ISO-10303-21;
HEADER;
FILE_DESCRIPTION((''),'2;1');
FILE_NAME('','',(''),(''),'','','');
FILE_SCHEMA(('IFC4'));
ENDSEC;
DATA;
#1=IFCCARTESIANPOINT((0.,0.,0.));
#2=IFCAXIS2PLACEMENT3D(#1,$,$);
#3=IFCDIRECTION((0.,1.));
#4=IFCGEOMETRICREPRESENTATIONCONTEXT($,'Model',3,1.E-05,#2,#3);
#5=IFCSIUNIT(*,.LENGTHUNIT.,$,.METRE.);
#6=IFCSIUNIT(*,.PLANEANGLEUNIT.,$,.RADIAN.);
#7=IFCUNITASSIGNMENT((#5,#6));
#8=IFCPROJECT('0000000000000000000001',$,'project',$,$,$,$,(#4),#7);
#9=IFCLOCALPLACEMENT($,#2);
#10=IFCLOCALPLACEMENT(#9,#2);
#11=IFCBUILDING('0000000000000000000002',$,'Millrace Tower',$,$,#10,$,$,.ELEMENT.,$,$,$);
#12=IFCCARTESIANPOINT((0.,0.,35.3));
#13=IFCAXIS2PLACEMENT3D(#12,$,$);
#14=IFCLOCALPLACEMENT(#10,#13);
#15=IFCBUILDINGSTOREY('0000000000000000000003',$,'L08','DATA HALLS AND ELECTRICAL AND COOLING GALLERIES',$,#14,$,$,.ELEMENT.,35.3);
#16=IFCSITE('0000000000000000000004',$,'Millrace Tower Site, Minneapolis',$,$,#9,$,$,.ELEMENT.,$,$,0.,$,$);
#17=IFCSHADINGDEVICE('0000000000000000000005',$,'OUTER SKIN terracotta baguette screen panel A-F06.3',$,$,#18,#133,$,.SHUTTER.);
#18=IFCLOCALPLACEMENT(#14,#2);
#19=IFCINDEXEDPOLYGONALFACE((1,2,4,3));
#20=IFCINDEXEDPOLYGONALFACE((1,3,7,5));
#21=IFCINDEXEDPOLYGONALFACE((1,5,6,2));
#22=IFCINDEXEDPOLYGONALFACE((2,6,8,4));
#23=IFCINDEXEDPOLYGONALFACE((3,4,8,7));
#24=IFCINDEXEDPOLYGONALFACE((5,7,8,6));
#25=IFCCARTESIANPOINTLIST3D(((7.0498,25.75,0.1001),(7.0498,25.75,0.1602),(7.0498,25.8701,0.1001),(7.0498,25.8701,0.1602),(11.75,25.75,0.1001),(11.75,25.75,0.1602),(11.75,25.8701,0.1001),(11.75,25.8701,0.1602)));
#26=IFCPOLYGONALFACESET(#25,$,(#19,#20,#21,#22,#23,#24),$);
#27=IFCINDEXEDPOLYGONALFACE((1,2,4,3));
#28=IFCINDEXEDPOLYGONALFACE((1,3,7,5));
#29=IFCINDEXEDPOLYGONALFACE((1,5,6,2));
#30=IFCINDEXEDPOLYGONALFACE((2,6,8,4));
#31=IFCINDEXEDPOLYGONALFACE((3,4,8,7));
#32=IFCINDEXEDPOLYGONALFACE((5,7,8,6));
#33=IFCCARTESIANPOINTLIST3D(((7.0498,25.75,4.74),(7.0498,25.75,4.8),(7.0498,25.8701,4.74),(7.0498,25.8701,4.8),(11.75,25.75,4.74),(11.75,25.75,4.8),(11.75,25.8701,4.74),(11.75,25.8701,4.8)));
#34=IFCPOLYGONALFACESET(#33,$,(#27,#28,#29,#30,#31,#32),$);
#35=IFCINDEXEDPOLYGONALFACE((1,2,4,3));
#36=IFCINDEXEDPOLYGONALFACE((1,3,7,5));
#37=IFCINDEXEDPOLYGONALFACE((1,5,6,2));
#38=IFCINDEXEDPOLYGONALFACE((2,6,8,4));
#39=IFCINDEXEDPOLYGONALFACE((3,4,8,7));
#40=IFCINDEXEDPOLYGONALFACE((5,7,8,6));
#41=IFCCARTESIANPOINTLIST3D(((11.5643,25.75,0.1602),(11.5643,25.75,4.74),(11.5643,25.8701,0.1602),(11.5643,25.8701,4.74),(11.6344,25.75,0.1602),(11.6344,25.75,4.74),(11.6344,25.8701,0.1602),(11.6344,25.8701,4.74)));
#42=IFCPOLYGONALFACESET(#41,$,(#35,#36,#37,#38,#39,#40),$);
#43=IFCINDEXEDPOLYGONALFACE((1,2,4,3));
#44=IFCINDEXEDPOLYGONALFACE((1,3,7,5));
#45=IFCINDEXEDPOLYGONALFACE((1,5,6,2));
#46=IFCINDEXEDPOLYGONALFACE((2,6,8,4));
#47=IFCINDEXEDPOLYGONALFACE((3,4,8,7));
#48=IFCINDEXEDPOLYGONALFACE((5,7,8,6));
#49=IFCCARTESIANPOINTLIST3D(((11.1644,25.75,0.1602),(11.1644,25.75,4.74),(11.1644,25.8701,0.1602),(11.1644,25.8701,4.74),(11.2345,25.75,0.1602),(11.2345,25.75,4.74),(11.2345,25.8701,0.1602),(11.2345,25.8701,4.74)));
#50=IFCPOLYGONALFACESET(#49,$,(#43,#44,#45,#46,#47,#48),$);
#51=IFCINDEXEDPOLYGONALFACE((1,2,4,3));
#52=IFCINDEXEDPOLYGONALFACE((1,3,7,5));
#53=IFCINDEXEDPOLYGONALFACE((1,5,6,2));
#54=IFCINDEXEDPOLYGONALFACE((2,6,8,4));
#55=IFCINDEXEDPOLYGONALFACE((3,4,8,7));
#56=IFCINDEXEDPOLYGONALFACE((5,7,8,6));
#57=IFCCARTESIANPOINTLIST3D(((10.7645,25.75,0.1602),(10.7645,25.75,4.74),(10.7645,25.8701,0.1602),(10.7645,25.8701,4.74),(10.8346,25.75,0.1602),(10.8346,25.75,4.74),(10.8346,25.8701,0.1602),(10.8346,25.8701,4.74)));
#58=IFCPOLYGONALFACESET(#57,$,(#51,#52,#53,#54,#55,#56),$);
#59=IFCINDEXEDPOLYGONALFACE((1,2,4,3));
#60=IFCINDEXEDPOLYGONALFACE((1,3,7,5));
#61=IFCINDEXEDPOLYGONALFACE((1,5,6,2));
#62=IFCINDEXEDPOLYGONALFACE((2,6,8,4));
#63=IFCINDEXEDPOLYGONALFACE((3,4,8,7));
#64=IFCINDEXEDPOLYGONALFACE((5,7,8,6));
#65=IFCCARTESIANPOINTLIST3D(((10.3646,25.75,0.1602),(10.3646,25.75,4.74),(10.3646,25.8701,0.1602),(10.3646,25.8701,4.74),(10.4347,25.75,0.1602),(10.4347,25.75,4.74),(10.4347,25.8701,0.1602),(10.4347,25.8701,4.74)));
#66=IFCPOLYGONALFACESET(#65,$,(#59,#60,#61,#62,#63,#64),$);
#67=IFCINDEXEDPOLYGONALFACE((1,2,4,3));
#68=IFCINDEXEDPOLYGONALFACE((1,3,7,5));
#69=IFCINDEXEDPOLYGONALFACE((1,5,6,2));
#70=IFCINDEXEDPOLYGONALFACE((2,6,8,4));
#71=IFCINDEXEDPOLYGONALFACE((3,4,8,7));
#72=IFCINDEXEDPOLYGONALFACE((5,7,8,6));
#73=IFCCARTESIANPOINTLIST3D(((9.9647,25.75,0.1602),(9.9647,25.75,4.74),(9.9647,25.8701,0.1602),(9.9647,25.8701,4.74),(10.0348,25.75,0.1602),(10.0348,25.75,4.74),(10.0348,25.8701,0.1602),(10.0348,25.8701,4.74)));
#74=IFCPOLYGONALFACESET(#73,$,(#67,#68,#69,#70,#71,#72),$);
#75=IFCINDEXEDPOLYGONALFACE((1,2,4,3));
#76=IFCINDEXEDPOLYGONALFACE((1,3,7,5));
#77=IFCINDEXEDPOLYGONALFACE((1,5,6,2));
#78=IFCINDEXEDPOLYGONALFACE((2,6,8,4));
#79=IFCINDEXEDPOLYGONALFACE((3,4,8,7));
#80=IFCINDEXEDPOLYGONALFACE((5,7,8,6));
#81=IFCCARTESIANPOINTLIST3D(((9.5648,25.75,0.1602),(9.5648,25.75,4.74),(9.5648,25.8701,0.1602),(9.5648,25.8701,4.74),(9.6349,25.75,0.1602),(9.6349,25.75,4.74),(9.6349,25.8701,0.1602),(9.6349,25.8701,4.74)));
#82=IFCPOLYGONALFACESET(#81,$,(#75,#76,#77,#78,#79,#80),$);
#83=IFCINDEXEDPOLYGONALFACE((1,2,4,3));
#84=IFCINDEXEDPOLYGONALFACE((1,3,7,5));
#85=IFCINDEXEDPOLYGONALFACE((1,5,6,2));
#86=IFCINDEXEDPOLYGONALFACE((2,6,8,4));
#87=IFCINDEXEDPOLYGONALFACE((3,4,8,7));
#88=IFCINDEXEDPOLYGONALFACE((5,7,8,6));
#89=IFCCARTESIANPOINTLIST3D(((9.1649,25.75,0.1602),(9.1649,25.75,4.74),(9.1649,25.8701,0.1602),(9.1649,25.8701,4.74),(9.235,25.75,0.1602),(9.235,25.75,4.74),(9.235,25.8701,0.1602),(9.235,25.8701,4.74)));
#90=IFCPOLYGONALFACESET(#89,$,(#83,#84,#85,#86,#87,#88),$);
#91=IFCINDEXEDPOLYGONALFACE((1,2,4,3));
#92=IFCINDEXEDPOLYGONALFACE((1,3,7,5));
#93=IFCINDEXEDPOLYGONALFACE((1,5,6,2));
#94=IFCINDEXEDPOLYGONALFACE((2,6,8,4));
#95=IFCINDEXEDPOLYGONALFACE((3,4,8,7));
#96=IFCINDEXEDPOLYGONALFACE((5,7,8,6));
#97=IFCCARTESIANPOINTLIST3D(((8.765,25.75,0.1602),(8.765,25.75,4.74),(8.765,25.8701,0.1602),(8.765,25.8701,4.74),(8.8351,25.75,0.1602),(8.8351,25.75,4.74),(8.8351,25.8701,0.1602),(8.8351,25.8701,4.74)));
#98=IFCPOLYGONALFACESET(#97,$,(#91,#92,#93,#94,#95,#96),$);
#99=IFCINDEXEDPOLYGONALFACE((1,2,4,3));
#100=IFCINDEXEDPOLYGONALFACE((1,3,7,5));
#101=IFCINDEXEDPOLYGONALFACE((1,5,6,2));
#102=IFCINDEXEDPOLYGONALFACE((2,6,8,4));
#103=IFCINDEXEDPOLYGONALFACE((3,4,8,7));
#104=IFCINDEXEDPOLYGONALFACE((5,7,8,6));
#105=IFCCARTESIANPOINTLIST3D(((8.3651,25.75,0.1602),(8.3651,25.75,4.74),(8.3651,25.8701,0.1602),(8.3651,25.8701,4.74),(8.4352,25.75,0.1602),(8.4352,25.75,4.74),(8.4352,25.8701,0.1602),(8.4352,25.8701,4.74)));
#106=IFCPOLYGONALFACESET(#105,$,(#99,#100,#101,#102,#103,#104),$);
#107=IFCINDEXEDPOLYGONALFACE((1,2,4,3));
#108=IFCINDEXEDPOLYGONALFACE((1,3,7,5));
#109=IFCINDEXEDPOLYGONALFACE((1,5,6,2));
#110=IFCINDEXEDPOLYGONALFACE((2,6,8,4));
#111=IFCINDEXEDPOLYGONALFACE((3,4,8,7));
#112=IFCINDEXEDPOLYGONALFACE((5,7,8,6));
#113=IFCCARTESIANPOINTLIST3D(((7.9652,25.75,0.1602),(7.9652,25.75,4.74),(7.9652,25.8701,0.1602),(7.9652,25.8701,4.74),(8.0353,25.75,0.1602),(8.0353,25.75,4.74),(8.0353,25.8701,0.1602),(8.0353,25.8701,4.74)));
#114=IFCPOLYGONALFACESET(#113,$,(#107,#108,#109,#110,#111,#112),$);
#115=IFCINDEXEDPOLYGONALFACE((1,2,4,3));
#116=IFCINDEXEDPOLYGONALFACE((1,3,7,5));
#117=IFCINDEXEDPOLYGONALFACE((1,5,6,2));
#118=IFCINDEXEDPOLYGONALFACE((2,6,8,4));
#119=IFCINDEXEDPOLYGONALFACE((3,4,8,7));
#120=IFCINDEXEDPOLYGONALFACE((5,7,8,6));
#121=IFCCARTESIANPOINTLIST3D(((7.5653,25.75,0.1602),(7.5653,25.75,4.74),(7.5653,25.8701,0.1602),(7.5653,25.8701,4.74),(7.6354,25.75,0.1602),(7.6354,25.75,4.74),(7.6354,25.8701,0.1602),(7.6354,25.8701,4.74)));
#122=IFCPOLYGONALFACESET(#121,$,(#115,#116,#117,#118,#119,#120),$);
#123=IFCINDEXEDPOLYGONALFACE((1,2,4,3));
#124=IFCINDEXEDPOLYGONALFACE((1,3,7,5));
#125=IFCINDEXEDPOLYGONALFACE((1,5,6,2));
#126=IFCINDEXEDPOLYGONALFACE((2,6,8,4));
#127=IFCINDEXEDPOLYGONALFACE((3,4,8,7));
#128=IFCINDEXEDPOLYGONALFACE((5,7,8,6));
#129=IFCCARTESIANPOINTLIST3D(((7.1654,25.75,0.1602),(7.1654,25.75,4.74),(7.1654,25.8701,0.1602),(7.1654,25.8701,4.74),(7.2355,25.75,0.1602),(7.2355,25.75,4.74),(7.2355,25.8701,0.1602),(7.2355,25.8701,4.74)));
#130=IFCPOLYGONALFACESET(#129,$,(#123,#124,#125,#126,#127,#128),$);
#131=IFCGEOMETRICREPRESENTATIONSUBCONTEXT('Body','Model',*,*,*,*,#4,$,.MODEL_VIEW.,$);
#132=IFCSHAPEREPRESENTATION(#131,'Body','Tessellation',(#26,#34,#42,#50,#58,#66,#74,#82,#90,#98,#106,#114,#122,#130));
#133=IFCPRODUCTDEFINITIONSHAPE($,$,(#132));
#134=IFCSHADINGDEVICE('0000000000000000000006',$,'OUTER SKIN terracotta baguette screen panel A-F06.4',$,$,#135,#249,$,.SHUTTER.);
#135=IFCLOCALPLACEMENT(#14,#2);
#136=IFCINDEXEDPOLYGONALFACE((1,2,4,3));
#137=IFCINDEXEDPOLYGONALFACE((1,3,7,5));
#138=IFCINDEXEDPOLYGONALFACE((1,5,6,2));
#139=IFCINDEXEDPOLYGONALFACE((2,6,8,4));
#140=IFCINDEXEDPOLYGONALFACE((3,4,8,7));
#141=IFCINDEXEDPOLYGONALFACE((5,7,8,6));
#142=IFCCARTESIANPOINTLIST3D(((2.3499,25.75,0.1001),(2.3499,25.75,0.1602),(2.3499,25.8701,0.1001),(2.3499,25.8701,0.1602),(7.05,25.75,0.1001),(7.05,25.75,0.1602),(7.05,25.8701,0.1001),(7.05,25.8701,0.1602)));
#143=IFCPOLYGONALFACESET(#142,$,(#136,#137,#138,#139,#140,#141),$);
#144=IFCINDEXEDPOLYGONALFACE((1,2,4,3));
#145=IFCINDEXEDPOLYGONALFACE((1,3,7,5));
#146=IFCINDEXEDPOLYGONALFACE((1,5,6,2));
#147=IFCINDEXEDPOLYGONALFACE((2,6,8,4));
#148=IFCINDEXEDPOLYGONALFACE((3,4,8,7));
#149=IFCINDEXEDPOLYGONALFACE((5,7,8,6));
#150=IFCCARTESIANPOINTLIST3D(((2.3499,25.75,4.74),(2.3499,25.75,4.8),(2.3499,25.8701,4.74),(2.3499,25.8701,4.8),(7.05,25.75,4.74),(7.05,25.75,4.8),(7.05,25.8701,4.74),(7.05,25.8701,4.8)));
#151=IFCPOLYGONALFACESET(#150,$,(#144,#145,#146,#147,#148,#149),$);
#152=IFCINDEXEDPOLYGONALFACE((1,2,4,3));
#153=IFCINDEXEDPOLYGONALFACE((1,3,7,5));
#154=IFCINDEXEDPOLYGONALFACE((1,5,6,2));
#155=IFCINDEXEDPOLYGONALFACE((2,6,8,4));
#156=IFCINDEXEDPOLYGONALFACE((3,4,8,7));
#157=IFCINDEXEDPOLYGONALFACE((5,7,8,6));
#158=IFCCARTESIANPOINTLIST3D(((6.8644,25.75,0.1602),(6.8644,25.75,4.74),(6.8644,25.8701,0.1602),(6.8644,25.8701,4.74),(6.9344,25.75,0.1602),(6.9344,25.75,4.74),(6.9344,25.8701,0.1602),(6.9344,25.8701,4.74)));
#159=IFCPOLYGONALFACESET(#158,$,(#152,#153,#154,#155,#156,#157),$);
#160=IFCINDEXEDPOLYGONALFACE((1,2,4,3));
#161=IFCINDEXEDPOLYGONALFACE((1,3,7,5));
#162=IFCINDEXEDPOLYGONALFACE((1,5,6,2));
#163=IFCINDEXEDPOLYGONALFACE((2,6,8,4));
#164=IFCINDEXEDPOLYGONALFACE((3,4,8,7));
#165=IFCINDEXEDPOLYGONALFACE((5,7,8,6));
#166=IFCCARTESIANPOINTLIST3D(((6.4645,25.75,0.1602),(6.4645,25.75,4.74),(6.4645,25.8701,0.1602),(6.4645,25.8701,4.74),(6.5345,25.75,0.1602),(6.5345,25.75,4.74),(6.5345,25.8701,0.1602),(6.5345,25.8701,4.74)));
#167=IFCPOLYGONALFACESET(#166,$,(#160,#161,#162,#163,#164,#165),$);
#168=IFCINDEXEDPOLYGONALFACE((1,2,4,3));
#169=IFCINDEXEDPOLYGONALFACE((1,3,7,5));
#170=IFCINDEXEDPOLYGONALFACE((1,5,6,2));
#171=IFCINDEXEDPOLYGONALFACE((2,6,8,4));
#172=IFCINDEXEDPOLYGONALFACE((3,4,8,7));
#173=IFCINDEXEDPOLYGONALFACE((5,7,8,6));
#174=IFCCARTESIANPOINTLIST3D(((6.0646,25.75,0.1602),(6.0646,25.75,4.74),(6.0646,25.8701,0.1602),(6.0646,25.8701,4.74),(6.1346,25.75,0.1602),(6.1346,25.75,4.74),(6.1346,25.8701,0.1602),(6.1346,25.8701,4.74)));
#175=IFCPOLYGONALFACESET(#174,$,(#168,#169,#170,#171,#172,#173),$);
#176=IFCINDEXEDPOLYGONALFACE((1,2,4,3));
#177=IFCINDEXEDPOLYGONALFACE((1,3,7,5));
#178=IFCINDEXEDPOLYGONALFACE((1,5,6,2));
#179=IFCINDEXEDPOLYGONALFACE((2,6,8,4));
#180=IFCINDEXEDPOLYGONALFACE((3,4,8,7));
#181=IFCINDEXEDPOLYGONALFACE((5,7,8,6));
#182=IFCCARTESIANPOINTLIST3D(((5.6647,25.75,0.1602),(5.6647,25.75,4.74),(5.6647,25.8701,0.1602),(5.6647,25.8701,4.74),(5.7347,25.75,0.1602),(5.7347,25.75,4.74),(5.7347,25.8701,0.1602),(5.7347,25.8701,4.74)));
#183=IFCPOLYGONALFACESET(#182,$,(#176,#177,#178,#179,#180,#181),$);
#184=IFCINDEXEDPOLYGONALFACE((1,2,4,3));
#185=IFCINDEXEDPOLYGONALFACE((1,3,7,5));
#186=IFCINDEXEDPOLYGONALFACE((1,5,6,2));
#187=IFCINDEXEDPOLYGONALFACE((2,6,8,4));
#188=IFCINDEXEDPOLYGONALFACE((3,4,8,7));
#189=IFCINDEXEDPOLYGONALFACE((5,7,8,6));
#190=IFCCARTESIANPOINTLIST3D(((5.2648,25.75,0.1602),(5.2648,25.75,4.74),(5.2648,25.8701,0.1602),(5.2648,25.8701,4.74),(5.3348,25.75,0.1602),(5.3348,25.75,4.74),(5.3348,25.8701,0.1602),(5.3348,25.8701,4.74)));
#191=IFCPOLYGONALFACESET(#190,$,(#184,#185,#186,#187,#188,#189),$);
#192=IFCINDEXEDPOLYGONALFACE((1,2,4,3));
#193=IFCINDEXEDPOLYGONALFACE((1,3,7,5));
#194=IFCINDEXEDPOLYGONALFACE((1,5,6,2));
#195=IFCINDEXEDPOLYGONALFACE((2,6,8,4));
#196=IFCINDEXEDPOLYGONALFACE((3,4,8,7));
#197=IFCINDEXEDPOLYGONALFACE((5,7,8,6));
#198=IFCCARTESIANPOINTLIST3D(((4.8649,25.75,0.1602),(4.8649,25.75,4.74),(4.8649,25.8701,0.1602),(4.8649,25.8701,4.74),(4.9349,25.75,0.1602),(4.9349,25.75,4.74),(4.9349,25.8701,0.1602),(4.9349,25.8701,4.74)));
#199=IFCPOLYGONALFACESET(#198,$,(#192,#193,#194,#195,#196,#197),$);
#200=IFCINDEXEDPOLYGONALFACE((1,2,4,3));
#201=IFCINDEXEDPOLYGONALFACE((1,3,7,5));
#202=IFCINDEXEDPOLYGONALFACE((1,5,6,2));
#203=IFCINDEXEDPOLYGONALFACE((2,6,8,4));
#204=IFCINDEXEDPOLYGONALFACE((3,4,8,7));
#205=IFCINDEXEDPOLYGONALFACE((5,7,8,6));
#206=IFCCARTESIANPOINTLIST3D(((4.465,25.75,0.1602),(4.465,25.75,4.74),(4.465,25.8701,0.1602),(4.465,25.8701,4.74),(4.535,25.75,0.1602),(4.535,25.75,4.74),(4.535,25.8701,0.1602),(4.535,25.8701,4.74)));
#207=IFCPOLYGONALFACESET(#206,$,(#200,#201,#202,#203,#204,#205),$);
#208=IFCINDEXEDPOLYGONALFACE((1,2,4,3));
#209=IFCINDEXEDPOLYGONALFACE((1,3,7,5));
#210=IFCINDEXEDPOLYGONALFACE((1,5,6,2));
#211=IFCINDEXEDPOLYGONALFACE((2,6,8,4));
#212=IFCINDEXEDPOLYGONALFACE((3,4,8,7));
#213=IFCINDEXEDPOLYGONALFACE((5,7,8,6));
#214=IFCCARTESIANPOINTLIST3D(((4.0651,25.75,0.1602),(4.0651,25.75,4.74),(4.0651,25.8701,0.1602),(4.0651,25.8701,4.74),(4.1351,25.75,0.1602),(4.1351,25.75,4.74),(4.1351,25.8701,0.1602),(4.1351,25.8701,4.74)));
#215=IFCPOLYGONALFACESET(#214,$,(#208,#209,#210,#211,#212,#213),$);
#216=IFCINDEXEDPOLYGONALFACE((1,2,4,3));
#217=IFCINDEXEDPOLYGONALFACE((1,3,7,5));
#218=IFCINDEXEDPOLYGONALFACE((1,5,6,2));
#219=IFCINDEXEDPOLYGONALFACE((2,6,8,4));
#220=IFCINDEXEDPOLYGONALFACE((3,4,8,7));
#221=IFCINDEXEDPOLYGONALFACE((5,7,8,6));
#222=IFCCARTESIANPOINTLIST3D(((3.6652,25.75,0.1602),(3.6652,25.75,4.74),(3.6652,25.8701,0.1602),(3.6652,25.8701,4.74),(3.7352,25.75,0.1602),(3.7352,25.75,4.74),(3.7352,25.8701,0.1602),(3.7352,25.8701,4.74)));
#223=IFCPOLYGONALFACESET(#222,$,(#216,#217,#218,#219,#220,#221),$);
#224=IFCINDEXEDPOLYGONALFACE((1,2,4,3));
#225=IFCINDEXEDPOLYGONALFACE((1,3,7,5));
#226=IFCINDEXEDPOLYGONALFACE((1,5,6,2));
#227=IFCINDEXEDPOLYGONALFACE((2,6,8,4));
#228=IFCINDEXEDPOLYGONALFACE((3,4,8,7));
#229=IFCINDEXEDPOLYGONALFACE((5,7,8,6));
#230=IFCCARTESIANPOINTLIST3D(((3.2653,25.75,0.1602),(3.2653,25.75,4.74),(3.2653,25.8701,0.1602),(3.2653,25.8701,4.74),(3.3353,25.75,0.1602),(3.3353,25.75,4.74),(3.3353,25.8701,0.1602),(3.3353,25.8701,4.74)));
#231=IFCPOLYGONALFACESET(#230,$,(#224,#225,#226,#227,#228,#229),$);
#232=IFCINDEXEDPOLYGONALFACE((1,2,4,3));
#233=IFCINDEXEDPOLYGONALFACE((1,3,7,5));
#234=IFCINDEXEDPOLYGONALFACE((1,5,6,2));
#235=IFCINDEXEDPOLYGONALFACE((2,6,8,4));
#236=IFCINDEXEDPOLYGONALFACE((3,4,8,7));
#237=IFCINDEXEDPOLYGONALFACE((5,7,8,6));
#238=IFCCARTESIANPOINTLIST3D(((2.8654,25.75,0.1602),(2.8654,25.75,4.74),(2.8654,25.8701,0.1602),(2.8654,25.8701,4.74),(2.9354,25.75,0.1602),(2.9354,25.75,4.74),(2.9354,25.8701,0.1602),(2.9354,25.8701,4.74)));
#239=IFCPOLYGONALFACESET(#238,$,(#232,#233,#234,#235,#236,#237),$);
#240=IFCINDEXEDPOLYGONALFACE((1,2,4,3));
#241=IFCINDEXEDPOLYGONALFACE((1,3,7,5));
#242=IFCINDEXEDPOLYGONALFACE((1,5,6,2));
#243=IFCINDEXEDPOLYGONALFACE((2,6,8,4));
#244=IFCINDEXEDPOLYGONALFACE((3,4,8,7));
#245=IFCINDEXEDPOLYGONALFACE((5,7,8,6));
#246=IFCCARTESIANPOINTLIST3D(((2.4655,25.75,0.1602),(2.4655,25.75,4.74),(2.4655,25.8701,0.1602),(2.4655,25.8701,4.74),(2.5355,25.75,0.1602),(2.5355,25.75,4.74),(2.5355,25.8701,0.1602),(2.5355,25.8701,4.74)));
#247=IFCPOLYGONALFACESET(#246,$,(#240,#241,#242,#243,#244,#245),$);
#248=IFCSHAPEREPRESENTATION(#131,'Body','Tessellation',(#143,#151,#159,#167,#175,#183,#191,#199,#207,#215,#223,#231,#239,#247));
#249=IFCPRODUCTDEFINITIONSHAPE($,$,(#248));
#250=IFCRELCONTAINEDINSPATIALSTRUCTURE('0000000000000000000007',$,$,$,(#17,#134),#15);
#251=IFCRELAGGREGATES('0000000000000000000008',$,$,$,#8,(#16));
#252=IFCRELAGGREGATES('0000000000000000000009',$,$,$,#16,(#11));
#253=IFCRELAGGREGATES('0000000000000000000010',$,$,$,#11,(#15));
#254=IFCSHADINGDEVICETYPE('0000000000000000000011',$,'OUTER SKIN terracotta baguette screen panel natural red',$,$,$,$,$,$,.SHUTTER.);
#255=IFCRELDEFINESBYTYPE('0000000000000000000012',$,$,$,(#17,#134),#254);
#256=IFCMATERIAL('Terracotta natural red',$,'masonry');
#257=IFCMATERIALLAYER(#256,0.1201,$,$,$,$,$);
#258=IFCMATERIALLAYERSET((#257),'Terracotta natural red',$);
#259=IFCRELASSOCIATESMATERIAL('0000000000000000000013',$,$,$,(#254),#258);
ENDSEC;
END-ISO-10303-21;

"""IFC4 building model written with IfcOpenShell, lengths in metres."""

from ifc_helpers import new_model, entity, si_unit, direction, frame, frame_2d, origin, place, context, subcontext, project, spatial, rectangle, extrude, source, transform, mapped, material, layer, layer_set, type_object, element, save


model = new_model("IFC4")

# Units and contexts
model_context = context("Model", 3, precision=1e-05, world=origin(), true_north=direction((0.0, 1.0)))
body_context = subcontext(model_context, "Body", "Model", "MODEL_VIEW")
ifc_project = project(units=[si_unit("LENGTHUNIT", "METRE"), si_unit("PLANEANGLEUNIT", "RADIAN")], contexts=[model_context])

# Site, building, storey
site_placement = place(None, origin())
site = spatial("IfcSite", under=ifc_project, at=site_placement, Name="Millrace Tower Site, Minneapolis", CompositionType="ELEMENT", RefElevation=0.0)
building_placement = place(site_placement, origin())
building = spatial("IfcBuilding", under=site, at=building_placement, Name="Millrace Tower", CompositionType="ELEMENT")
storey_placement = place(building_placement, frame((0.0, 0.0, 35.3)))
storey = spatial("IfcBuildingStorey", under=building, at=storey_placement, Name="L08", Description="DATA HALLS AND ELECTRICAL AND COOLING GALLERIES", CompositionType="ELEMENT", Elevation=35.3)

# Shading devices
cartesian_point = entity("IfcCartesianPoint", [-2.3501, 0.0601])
shared_polyline = entity("IfcPolyline", [cartesian_point, entity("IfcCartesianPoint", [2.3501, 0.0601]), entity("IfcCartesianPoint", [2.3501, -0.0601]), entity("IfcCartesianPoint", [-2.3501, -0.0601]), cartesian_point])
ifc_material_1 = material(Name="Terracotta natural red", Category="masonry")
ifc_layer_1 = layer(ifc_material_1, 0.1201)
ifc_layer_set_1 = layer_set([ifc_layer_1], Name="Terracotta natural red")
shading_device_type_1 = type_object("IfcShadingDeviceType", Name="OUTER SKIN terracotta baguette screen panel natural red", PredefinedType="SHUTTER", material=ifc_layer_set_1)
shared_shape_1 = source(origin(), body_context, "Body", "SweptSolid", [
    entity("IfcExtrudedAreaSolid", entity("IfcArbitraryClosedProfileDef", "AREA", None, shared_polyline), entity("IfcAxis2Placement3D", entity("IfcCartesianPoint", [0.0, 0.0, 0.0])), entity("IfcDirection", [0.0, 0.0, 1.0]), 0.0601),
    entity("IfcExtrudedAreaSolid", entity("IfcArbitraryClosedProfileDef", "AREA", None, shared_polyline), entity("IfcAxis2Placement3D", entity("IfcCartesianPoint", [0.0, 0.0, 4.6399])), entity("IfcDirection", [0.0, 0.0, 1.0]), 0.0601),
    extrude(rectangle(XDim=0.0701, YDim=0.1201, at=frame_2d((-2.1995, 0.0))), frame((0.0, 0.0, 0.0601)), (0.0, 0.0, 1.0), 4.5798),
    extrude(rectangle(XDim=0.0701, YDim=0.1201, at=frame_2d((-1.7996, 0.0))), frame((0.0, 0.0, 0.0601)), (0.0, 0.0, 1.0), 4.5798),
    extrude(rectangle(XDim=0.0701, YDim=0.1201, at=frame_2d((-1.3997, 0.0))), frame((0.0, 0.0, 0.0601)), (0.0, 0.0, 1.0), 4.5798),
    extrude(rectangle(XDim=0.0701, YDim=0.1201, at=frame_2d((-0.9998, 0.0))), frame((0.0, 0.0, 0.0601)), (0.0, 0.0, 1.0), 4.5798),
    extrude(rectangle(XDim=0.0701, YDim=0.1201, at=frame_2d((-0.5999, 0.0))), frame((0.0, 0.0, 0.0601)), (0.0, 0.0, 1.0), 4.5798),
    extrude(rectangle(XDim=0.0701, YDim=0.1201, at=frame_2d((-0.2, 0.0))), frame((0.0, 0.0, 0.0601)), (0.0, 0.0, 1.0), 4.5798),
    extrude(rectangle(XDim=0.0701, YDim=0.1201, at=frame_2d((0.2, 0.0))), frame((0.0, 0.0, 0.0601)), (0.0, 0.0, 1.0), 4.5798),
    extrude(rectangle(XDim=0.0701, YDim=0.1201, at=frame_2d((0.5999, 0.0))), frame((0.0, 0.0, 0.0601)), (0.0, 0.0, 1.0), 4.5798),
    extrude(rectangle(XDim=0.0701, YDim=0.1201, at=frame_2d((0.9998, 0.0))), frame((0.0, 0.0, 0.0601)), (0.0, 0.0, 1.0), 4.5798),
    extrude(rectangle(XDim=0.0701, YDim=0.1201, at=frame_2d((1.3997, 0.0))), frame((0.0, 0.0, 0.0601)), (0.0, 0.0, 1.0), 4.5798),
    extrude(rectangle(XDim=0.0701, YDim=0.1201, at=frame_2d((1.7996, 0.0))), frame((0.0, 0.0, 0.0601)), (0.0, 0.0, 1.0), 4.5798),
    extrude(rectangle(XDim=0.0701, YDim=0.1201, at=frame_2d((2.1995, 0.0))), frame((0.0, 0.0, 0.0601)), (0.0, 0.0, 1.0), 4.5798),
])
for number, where, z_axis, x_axis, name in (
    (1, (9.3999, 25.8101, 0.1001), (0.0, 0.0, 1.0), (-1.0, 0.0, 0.0), "OUTER SKIN terracotta baguette screen panel A-F06.3"),
    (2, (4.7, 25.8101, 0.1001), (0.0, 0.0, 1.0), (-1.0, 0.0, 0.0), "OUTER SKIN terracotta baguette screen panel A-F06.4"),
):
    element("IfcShadingDevice", number, at=place(storey_placement, frame(where, z_axis=z_axis, x_axis=x_axis)), inside=storey, type_object=shading_device_type_1, Name=name, PredefinedType="SHUTTER", context=body_context, shape_type="MappedRepresentation", body=[
        mapped(shared_shape_1, transform((0.0, 0.0, 0.0), scale=1.0)),
    ])

save(model, "model.ifc")
